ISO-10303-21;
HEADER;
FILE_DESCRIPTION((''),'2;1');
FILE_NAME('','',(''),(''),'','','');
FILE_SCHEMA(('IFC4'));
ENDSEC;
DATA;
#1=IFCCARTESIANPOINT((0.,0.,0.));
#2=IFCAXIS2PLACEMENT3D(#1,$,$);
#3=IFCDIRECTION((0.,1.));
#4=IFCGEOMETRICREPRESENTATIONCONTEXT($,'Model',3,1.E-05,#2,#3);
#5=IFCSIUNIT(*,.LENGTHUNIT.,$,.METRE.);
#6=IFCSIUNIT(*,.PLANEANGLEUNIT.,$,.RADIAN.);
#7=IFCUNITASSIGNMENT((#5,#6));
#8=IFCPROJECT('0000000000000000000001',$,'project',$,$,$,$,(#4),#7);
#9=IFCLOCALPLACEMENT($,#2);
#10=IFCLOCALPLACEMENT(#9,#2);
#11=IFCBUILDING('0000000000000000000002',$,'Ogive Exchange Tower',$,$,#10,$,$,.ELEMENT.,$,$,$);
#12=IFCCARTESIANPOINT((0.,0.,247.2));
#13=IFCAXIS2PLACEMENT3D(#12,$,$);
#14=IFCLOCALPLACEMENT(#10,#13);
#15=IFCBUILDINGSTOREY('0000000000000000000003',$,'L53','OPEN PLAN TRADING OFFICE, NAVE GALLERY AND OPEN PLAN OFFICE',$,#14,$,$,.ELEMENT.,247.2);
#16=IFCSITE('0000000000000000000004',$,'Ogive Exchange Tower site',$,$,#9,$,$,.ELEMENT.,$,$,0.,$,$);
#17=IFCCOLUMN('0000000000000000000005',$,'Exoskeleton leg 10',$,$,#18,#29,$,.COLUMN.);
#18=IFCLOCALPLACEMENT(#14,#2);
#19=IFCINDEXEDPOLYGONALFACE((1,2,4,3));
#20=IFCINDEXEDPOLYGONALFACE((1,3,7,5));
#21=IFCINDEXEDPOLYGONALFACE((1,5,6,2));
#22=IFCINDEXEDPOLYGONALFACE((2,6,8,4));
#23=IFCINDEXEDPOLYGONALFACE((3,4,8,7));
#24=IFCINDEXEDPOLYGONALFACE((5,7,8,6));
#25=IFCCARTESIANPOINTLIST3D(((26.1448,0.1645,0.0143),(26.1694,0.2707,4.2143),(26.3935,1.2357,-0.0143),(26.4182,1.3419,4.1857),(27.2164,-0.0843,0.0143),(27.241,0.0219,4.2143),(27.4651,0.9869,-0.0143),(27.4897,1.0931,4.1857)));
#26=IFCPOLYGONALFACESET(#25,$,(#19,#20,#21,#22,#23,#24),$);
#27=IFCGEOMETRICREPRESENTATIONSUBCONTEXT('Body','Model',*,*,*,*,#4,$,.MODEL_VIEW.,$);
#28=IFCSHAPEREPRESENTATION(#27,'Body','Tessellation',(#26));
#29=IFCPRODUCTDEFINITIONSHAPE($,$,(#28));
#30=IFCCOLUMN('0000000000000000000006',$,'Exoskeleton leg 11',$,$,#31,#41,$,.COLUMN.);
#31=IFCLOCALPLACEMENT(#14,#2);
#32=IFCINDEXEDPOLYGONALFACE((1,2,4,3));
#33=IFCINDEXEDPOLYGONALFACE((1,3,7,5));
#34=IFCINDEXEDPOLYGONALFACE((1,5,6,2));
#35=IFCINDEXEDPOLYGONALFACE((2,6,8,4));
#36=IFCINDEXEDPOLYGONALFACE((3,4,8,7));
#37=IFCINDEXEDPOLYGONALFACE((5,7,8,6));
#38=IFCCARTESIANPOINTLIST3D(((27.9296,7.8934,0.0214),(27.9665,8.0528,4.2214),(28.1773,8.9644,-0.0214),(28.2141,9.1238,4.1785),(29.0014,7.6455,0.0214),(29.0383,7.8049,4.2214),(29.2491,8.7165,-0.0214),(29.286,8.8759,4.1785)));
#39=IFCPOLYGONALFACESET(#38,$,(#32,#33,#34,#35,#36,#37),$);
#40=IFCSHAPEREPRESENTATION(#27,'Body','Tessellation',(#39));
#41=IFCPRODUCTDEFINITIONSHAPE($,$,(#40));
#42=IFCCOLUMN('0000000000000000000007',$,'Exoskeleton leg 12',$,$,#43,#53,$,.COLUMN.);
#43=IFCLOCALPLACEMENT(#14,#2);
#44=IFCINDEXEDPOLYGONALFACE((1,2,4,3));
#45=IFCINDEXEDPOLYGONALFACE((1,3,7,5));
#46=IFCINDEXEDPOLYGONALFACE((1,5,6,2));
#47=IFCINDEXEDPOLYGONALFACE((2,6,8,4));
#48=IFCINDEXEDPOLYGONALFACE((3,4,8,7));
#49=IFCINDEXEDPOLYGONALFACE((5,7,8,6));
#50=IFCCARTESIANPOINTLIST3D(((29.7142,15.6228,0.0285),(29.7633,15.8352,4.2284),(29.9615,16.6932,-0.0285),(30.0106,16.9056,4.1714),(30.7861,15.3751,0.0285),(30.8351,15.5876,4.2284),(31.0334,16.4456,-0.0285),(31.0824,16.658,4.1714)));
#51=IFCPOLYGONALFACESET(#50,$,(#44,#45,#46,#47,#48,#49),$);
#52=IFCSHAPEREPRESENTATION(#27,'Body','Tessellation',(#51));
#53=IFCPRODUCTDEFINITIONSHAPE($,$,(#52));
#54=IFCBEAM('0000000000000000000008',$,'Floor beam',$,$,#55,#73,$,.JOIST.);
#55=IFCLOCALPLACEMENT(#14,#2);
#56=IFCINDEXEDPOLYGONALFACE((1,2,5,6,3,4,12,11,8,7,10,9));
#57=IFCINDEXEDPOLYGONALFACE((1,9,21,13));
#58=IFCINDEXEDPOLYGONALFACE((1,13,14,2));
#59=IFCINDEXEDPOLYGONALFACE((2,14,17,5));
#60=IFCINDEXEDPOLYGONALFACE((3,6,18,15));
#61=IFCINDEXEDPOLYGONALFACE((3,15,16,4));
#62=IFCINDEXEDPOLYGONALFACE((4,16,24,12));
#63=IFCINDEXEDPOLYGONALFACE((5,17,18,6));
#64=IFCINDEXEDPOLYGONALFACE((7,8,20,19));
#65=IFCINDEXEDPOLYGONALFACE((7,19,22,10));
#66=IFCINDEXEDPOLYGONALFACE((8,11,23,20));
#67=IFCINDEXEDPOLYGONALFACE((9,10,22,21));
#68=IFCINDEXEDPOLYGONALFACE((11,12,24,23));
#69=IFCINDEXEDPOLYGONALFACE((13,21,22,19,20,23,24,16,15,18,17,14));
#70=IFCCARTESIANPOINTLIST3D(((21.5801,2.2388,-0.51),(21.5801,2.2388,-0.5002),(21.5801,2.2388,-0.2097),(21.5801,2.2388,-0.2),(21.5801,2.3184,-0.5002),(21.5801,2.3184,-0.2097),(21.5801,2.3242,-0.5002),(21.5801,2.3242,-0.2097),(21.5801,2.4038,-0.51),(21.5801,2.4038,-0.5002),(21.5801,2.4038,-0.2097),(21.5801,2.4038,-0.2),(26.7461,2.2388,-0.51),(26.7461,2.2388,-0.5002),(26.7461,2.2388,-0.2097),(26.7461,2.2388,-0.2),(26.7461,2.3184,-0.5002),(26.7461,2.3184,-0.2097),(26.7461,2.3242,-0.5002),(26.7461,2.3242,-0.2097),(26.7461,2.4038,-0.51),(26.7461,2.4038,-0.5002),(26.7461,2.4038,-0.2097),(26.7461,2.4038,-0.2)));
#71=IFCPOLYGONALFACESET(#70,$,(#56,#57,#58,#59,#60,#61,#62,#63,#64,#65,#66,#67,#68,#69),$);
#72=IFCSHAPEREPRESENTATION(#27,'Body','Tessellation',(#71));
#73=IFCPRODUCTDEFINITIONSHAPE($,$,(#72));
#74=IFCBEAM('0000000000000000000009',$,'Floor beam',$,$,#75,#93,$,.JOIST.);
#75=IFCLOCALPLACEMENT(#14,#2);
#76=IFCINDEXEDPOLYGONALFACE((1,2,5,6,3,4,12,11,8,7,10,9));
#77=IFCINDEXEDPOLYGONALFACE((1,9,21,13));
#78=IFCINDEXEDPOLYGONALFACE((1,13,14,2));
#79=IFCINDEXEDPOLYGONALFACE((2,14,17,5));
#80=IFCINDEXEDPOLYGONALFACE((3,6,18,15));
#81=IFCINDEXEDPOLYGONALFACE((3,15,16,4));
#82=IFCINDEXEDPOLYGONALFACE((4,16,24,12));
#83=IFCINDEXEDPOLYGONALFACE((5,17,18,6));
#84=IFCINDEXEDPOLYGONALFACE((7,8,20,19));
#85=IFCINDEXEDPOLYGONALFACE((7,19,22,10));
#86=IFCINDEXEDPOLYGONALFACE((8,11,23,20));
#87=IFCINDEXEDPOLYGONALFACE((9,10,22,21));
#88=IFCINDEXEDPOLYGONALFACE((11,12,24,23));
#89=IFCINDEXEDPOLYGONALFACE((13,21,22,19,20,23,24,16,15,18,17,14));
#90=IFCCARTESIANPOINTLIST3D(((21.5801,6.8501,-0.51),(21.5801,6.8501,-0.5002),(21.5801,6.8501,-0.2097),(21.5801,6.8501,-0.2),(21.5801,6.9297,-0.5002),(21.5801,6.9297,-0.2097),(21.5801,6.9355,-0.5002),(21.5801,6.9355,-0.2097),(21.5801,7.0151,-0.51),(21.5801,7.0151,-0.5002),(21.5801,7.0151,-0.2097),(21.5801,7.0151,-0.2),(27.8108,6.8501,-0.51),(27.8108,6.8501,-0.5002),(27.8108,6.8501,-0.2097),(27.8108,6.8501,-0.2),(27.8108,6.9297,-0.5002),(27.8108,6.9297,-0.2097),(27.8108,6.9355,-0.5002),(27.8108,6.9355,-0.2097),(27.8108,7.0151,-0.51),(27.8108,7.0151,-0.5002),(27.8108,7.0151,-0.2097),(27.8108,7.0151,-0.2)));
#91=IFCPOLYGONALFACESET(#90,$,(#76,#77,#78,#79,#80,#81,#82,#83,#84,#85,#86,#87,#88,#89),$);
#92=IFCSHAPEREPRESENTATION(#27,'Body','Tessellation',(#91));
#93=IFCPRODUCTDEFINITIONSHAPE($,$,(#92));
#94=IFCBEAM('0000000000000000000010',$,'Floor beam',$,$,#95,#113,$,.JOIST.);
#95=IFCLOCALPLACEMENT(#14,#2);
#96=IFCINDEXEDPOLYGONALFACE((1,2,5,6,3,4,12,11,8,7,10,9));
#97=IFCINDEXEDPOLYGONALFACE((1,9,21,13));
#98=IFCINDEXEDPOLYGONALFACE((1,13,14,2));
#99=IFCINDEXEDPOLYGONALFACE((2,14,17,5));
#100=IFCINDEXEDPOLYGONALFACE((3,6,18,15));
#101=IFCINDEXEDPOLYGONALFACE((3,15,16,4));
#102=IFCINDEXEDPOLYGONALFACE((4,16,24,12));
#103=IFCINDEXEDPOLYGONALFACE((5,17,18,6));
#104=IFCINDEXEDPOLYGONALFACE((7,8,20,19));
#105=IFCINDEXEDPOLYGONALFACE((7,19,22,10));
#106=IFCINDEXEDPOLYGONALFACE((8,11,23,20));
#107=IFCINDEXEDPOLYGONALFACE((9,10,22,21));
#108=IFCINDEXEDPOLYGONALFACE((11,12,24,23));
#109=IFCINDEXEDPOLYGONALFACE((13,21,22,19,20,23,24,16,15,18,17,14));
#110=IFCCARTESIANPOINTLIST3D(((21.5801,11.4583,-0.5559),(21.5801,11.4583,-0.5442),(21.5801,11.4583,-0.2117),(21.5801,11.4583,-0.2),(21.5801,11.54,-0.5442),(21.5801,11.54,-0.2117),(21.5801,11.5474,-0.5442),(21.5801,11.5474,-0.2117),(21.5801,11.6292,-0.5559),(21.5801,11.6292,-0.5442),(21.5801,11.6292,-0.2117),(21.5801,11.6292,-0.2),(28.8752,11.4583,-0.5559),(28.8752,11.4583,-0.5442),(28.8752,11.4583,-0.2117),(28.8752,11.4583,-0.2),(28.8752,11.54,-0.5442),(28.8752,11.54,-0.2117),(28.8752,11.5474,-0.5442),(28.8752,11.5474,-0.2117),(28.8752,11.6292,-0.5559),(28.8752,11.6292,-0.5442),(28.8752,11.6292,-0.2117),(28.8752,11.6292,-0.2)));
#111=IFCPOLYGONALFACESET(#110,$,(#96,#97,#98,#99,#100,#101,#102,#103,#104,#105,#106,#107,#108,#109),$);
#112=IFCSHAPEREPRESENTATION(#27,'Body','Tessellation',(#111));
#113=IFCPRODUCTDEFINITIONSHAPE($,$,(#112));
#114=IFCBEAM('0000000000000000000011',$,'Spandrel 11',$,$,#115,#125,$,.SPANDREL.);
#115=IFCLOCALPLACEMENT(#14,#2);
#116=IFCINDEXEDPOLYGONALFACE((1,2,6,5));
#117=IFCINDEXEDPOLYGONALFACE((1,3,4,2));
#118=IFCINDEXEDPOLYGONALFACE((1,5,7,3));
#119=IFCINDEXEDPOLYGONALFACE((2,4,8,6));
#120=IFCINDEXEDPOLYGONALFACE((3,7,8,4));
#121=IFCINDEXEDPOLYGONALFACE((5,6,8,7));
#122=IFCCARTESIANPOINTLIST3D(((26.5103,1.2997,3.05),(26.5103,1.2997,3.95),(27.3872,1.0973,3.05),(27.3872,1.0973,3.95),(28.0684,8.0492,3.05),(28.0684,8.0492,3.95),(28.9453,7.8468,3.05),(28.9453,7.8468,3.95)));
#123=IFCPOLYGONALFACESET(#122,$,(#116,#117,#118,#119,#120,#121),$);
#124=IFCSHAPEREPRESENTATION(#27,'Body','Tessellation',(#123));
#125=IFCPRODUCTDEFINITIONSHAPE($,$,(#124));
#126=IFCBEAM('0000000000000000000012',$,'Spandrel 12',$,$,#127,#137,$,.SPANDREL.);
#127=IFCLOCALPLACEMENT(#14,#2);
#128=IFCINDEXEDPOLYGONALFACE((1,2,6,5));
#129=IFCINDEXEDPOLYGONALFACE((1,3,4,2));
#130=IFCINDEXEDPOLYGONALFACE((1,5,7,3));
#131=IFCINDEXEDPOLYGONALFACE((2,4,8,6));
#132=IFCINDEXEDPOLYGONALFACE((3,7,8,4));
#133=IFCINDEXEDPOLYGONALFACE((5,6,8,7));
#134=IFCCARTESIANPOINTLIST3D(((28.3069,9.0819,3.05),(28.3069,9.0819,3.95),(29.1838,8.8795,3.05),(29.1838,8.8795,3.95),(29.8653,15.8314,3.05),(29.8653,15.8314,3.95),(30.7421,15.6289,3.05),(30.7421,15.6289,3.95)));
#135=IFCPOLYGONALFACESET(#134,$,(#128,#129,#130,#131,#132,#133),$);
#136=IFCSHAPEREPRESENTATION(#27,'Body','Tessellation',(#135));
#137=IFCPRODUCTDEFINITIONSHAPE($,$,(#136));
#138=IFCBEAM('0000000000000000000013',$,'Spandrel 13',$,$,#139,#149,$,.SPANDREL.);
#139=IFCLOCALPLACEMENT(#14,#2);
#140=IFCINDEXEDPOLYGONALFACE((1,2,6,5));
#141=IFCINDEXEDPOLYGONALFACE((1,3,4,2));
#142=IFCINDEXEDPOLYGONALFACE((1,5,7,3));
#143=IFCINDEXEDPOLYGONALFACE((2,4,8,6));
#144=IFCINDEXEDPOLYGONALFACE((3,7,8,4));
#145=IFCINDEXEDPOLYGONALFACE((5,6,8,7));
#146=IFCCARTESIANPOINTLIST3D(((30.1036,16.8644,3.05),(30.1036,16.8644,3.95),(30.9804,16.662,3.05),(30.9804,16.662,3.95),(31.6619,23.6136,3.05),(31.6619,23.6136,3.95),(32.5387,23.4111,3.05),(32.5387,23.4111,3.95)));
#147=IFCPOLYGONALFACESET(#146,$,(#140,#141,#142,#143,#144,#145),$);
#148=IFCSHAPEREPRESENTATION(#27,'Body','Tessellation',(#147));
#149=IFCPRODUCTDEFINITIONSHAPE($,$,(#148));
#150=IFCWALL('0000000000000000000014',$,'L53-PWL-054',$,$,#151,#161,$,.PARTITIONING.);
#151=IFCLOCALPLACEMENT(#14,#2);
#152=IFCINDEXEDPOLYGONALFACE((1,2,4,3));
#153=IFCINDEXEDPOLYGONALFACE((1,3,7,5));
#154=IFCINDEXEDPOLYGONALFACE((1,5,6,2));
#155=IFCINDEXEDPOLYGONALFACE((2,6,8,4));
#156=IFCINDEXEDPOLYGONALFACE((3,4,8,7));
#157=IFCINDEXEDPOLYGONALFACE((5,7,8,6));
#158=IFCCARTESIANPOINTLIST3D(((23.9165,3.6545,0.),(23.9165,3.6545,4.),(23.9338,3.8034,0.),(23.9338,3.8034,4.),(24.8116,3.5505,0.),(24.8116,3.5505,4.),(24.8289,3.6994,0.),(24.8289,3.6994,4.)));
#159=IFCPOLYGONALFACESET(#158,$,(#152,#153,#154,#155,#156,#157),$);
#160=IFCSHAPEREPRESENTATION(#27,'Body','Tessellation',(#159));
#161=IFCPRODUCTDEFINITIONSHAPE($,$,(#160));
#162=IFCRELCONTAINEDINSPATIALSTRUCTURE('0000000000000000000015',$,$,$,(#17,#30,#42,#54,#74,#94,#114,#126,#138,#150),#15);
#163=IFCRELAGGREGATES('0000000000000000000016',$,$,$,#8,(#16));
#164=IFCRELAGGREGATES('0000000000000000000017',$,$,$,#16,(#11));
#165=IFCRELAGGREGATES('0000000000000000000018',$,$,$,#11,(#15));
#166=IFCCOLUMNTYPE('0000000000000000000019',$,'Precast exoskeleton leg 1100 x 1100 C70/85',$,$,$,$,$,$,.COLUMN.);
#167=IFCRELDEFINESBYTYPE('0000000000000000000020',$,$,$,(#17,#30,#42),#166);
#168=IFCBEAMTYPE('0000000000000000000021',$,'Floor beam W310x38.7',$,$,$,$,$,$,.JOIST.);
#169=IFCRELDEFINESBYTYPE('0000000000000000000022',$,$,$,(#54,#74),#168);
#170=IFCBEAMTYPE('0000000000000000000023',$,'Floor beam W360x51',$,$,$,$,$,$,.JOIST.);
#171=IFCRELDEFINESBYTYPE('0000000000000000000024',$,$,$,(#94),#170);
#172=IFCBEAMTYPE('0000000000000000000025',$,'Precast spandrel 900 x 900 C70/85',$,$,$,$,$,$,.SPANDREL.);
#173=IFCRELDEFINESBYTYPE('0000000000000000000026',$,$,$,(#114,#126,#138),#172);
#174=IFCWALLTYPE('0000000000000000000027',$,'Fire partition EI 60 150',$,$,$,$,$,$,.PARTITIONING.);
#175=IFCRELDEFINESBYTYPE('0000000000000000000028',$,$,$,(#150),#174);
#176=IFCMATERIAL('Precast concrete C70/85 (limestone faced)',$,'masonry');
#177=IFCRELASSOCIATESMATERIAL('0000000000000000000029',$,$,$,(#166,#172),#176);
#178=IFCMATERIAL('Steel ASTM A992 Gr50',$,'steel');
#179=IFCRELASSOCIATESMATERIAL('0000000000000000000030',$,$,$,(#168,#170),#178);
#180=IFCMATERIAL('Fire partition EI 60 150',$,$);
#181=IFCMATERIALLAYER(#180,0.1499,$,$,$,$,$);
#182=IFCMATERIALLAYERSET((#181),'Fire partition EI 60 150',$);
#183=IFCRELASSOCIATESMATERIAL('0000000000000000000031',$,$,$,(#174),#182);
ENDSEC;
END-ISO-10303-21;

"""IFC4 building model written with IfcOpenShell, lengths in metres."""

from ifc_helpers import new_model, si_unit, direction, frame, frame_2d, origin, origin_2d, place, context, subcontext, project, spatial, rectangle, i_section, extrude, material, layer, layer_set, material_profile, profile_set, type_object, element, save


model = new_model("IFC4")

# Units and contexts
model_context = context("Model", 3, precision=1e-05, world=origin(), true_north=direction((0.0, 1.0)))
body_context = subcontext(model_context, "Body", "Model", "MODEL_VIEW")
ifc_project = project(units=[si_unit("LENGTHUNIT", "METRE"), si_unit("PLANEANGLEUNIT", "RADIAN")], contexts=[model_context])

# Site, building, storey
site_placement = place(None, origin())
site = spatial("IfcSite", under=ifc_project, at=site_placement, Name="Ogive Exchange Tower site", CompositionType="ELEMENT", RefElevation=0.0)
building_placement = place(site_placement, origin())
building = spatial("IfcBuilding", under=site, at=building_placement, Name="Ogive Exchange Tower", CompositionType="ELEMENT")
storey_placement = place(building_placement, frame((0.0, 0.0, 247.2)))
storey = spatial("IfcBuildingStorey", under=building, at=storey_placement, Name="L53", Description="OPEN PLAN TRADING OFFICE, NAVE GALLERY AND OPEN PLAN OFFICE", CompositionType="ELEMENT", Elevation=247.2)

# Columns
ifc_material_1 = material(Name="Precast concrete C70/85 (limestone faced)", Category="masonry")
ifc_material_profile_1 = material_profile(ifc_material_1, rectangle(XDim=1.1001, YDim=1.1001, at=origin_2d()), Name="1100 x 1100")
ifc_profile_set_1 = profile_set([ifc_material_profile_1], Name="Precast concrete C70/85 (limestone faced)")
column_type = type_object("IfcColumnType", Name="Precast exoskeleton leg 1100 x 1100 C70/85", PredefinedType="COLUMN", material=ifc_profile_set_1)
column_1_placement = place(storey_placement, frame((26.8049, 0.5757, 0.0), z_axis=(0.005869, 0.025278, 0.999663), x_axis=(-0.974088, 0.226168, 0.0)))
element("IfcColumn", 1, at=column_1_placement, inside=storey, type_object=column_type, Name="Exoskeleton leg 10", PredefinedType="COLUMN", context=body_context, shape_type="SweptSolid", body=[
    extrude(rectangle(XDim=1.1001, YDim=1.1001, at=origin_2d()), origin(), (0.0, 0.0, 1.0), 4.2014),
])
column_2_placement = place(storey_placement, frame((28.5894, 8.3049, 0.0), z_axis=(0.008771, 0.03793, 0.999242), x_axis=(-0.974291, 0.225295, 0.0)))
element("IfcColumn", 2, at=column_2_placement, inside=storey, type_object=column_type, Name="Exoskeleton leg 11", PredefinedType="COLUMN", context=body_context, shape_type="SweptSolid", body=[
    extrude(rectangle(XDim=1.1001, YDim=1.1001, at=origin_2d()), origin(), (0.0, 0.0, 1.0), 4.2031),
])
column_3_placement = place(storey_placement, frame((30.3738, 16.0342, 0.0), z_axis=(0.011668, 0.050505, 0.998656), x_axis=(-0.974335, 0.225105, 0.0)))
element("IfcColumn", 3, at=column_3_placement, inside=storey, type_object=column_type, Name="Exoskeleton leg 12", PredefinedType="COLUMN", context=body_context, shape_type="SweptSolid", body=[
    extrude(rectangle(XDim=1.1001, YDim=1.1001, at=origin_2d()), origin(), (0.0, 0.0, 1.0), 4.2056),
])

# Beams
ifc_material_2 = material(Name="Steel ASTM A992 Gr50", Category="steel")
ifc_material_profile_2 = material_profile(ifc_material_2, i_section(OverallWidth=0.165, OverallDepth=0.3101, WebThickness=0.0059, FlangeThickness=0.0098, at=origin_2d()), Name="W310x38.7")
ifc_profile_set_2 = profile_set([ifc_material_profile_2], Name="Steel ASTM A992 Gr50")
beam_type_1 = type_object("IfcBeamType", Name="Floor beam W310x38.7", PredefinedType="JOIST", material=ifc_profile_set_2)
beam_1_placement = place(storey_placement, frame((21.5801, 2.3213, -0.355), z_axis=(1.0, 0.0, 0.0), x_axis=(0.0, 1.0, 0.0)))
element("IfcBeam", 4, at=beam_1_placement, inside=storey, type_object=beam_type_1, Name="Floor beam", PredefinedType="JOIST", context=body_context, shape_type="SweptSolid", body=[
    extrude(i_section(OverallWidth=0.165, OverallDepth=0.3101, WebThickness=0.0059, FlangeThickness=0.0098, at=origin_2d()), origin(), (0.0, 0.0, 1.0), 5.166),
])
beam_2_placement = place(storey_placement, frame((21.5801, 6.9326, -0.355), z_axis=(1.0, 0.0, 0.0), x_axis=(0.0, 1.0, 0.0)))
element("IfcBeam", 5, at=beam_2_placement, inside=storey, type_object=beam_type_1, Name="Floor beam", PredefinedType="JOIST", context=body_context, shape_type="SweptSolid", body=[
    extrude(i_section(OverallWidth=0.165, OverallDepth=0.3101, WebThickness=0.0059, FlangeThickness=0.0098, at=origin_2d()), origin(), (0.0, 0.0, 1.0), 6.2307),
])
ifc_material_profile_3 = material_profile(ifc_material_2, i_section(OverallWidth=0.1709, OverallDepth=0.356, WebThickness=0.0073, FlangeThickness=0.0117, at=origin_2d()), Name="W360x51")
ifc_profile_set_3 = profile_set([ifc_material_profile_3], Name="Steel ASTM A992 Gr50")
beam_type_2 = type_object("IfcBeamType", Name="Floor beam W360x51", PredefinedType="JOIST", material=ifc_profile_set_3)
beam_3_placement = place(storey_placement, frame((21.5801, 11.5437, -0.3779), z_axis=(1.0, 0.0, 0.0), x_axis=(0.0, 1.0, 0.0)))
element("IfcBeam", 6, at=beam_3_placement, inside=storey, type_object=beam_type_2, Name="Floor beam", PredefinedType="JOIST", context=body_context, shape_type="SweptSolid", body=[
    extrude(i_section(OverallWidth=0.1709, OverallDepth=0.356, WebThickness=0.0073, FlangeThickness=0.0117, at=origin_2d()), origin(), (0.0, 0.0, 1.0), 7.2952),
])
ifc_material_profile_4 = material_profile(ifc_material_1, rectangle(XDim=0.8999, YDim=0.8999, at=origin_2d()), Name="900 x 900")
ifc_profile_set_4 = profile_set([ifc_material_profile_4], Name="Precast concrete C70/85 (limestone faced)")
beam_type_3 = type_object("IfcBeamType", Name="Precast spandrel 900 x 900 C70/85", PredefinedType="SPANDREL", material=ifc_profile_set_4)
for number, where, z_axis, x_axis, name in (
    (7, (26.9487, 1.1985, 3.5), (0.224932, 0.974375, 0.0), (-0.974375, 0.224932, 0.0), "Spandrel 11"),
    (8, (28.7454, 8.9807, 3.5), (0.224965, 0.974367, 0.0), (-0.974367, 0.224965, 0.0), "Spandrel 12"),
):
    element("IfcBeam", number, at=place(storey_placement, frame(where, z_axis=z_axis, x_axis=x_axis)), inside=storey, type_object=beam_type_3, Name=name, PredefinedType="SPANDREL", context=body_context, shape_type="SweptSolid", body=[
        extrude(rectangle(XDim=0.8999, YDim=0.8999, at=origin_2d()), origin(), (0.0, 0.0, 1.0), 6.927),
    ])
beam_4_placement = place(storey_placement, frame((30.542, 16.7632, 3.5), z_axis=(0.224973, 0.974365, 0.0), x_axis=(-0.974365, 0.224973, 0.0)))
element("IfcBeam", 9, at=beam_4_placement, inside=storey, type_object=beam_type_3, Name="Spandrel 13", PredefinedType="SPANDREL", context=body_context, shape_type="SweptSolid", body=[
    extrude(rectangle(XDim=0.8999, YDim=0.8999, at=origin_2d()), origin(), (0.0, 0.0, 1.0), 6.9268),
])

# Wall
ifc_material_3 = material(Name="Fire partition EI 60 150")
ifc_layer_1 = layer(ifc_material_3, 0.1499)
ifc_layer_set_1 = layer_set([ifc_layer_1], Name="Fire partition EI 60 150")
wall_type_1 = type_object("IfcWallType", Name="Fire partition EI 60 150", PredefinedType="PARTITIONING", material=ifc_layer_set_1)
wall_1_placement = place(storey_placement, frame((23.925, 3.729, 0.0), z_axis=(0.0, 0.0, 1.0), x_axis=(0.993316, -0.115426, 0.0)))
element("IfcWall", 10, at=wall_1_placement, inside=storey, type_object=wall_type_1, Name="L53-PWL-054", PredefinedType="PARTITIONING", context=body_context, shape_type="SweptSolid", body=[
    extrude(rectangle(XDim=0.9011, YDim=0.1499, at=frame_2d((0.4507, 0.0))), origin(), (0.0, 0.0, 1.0), 4.0),
])

save(model, "model.ifc")
